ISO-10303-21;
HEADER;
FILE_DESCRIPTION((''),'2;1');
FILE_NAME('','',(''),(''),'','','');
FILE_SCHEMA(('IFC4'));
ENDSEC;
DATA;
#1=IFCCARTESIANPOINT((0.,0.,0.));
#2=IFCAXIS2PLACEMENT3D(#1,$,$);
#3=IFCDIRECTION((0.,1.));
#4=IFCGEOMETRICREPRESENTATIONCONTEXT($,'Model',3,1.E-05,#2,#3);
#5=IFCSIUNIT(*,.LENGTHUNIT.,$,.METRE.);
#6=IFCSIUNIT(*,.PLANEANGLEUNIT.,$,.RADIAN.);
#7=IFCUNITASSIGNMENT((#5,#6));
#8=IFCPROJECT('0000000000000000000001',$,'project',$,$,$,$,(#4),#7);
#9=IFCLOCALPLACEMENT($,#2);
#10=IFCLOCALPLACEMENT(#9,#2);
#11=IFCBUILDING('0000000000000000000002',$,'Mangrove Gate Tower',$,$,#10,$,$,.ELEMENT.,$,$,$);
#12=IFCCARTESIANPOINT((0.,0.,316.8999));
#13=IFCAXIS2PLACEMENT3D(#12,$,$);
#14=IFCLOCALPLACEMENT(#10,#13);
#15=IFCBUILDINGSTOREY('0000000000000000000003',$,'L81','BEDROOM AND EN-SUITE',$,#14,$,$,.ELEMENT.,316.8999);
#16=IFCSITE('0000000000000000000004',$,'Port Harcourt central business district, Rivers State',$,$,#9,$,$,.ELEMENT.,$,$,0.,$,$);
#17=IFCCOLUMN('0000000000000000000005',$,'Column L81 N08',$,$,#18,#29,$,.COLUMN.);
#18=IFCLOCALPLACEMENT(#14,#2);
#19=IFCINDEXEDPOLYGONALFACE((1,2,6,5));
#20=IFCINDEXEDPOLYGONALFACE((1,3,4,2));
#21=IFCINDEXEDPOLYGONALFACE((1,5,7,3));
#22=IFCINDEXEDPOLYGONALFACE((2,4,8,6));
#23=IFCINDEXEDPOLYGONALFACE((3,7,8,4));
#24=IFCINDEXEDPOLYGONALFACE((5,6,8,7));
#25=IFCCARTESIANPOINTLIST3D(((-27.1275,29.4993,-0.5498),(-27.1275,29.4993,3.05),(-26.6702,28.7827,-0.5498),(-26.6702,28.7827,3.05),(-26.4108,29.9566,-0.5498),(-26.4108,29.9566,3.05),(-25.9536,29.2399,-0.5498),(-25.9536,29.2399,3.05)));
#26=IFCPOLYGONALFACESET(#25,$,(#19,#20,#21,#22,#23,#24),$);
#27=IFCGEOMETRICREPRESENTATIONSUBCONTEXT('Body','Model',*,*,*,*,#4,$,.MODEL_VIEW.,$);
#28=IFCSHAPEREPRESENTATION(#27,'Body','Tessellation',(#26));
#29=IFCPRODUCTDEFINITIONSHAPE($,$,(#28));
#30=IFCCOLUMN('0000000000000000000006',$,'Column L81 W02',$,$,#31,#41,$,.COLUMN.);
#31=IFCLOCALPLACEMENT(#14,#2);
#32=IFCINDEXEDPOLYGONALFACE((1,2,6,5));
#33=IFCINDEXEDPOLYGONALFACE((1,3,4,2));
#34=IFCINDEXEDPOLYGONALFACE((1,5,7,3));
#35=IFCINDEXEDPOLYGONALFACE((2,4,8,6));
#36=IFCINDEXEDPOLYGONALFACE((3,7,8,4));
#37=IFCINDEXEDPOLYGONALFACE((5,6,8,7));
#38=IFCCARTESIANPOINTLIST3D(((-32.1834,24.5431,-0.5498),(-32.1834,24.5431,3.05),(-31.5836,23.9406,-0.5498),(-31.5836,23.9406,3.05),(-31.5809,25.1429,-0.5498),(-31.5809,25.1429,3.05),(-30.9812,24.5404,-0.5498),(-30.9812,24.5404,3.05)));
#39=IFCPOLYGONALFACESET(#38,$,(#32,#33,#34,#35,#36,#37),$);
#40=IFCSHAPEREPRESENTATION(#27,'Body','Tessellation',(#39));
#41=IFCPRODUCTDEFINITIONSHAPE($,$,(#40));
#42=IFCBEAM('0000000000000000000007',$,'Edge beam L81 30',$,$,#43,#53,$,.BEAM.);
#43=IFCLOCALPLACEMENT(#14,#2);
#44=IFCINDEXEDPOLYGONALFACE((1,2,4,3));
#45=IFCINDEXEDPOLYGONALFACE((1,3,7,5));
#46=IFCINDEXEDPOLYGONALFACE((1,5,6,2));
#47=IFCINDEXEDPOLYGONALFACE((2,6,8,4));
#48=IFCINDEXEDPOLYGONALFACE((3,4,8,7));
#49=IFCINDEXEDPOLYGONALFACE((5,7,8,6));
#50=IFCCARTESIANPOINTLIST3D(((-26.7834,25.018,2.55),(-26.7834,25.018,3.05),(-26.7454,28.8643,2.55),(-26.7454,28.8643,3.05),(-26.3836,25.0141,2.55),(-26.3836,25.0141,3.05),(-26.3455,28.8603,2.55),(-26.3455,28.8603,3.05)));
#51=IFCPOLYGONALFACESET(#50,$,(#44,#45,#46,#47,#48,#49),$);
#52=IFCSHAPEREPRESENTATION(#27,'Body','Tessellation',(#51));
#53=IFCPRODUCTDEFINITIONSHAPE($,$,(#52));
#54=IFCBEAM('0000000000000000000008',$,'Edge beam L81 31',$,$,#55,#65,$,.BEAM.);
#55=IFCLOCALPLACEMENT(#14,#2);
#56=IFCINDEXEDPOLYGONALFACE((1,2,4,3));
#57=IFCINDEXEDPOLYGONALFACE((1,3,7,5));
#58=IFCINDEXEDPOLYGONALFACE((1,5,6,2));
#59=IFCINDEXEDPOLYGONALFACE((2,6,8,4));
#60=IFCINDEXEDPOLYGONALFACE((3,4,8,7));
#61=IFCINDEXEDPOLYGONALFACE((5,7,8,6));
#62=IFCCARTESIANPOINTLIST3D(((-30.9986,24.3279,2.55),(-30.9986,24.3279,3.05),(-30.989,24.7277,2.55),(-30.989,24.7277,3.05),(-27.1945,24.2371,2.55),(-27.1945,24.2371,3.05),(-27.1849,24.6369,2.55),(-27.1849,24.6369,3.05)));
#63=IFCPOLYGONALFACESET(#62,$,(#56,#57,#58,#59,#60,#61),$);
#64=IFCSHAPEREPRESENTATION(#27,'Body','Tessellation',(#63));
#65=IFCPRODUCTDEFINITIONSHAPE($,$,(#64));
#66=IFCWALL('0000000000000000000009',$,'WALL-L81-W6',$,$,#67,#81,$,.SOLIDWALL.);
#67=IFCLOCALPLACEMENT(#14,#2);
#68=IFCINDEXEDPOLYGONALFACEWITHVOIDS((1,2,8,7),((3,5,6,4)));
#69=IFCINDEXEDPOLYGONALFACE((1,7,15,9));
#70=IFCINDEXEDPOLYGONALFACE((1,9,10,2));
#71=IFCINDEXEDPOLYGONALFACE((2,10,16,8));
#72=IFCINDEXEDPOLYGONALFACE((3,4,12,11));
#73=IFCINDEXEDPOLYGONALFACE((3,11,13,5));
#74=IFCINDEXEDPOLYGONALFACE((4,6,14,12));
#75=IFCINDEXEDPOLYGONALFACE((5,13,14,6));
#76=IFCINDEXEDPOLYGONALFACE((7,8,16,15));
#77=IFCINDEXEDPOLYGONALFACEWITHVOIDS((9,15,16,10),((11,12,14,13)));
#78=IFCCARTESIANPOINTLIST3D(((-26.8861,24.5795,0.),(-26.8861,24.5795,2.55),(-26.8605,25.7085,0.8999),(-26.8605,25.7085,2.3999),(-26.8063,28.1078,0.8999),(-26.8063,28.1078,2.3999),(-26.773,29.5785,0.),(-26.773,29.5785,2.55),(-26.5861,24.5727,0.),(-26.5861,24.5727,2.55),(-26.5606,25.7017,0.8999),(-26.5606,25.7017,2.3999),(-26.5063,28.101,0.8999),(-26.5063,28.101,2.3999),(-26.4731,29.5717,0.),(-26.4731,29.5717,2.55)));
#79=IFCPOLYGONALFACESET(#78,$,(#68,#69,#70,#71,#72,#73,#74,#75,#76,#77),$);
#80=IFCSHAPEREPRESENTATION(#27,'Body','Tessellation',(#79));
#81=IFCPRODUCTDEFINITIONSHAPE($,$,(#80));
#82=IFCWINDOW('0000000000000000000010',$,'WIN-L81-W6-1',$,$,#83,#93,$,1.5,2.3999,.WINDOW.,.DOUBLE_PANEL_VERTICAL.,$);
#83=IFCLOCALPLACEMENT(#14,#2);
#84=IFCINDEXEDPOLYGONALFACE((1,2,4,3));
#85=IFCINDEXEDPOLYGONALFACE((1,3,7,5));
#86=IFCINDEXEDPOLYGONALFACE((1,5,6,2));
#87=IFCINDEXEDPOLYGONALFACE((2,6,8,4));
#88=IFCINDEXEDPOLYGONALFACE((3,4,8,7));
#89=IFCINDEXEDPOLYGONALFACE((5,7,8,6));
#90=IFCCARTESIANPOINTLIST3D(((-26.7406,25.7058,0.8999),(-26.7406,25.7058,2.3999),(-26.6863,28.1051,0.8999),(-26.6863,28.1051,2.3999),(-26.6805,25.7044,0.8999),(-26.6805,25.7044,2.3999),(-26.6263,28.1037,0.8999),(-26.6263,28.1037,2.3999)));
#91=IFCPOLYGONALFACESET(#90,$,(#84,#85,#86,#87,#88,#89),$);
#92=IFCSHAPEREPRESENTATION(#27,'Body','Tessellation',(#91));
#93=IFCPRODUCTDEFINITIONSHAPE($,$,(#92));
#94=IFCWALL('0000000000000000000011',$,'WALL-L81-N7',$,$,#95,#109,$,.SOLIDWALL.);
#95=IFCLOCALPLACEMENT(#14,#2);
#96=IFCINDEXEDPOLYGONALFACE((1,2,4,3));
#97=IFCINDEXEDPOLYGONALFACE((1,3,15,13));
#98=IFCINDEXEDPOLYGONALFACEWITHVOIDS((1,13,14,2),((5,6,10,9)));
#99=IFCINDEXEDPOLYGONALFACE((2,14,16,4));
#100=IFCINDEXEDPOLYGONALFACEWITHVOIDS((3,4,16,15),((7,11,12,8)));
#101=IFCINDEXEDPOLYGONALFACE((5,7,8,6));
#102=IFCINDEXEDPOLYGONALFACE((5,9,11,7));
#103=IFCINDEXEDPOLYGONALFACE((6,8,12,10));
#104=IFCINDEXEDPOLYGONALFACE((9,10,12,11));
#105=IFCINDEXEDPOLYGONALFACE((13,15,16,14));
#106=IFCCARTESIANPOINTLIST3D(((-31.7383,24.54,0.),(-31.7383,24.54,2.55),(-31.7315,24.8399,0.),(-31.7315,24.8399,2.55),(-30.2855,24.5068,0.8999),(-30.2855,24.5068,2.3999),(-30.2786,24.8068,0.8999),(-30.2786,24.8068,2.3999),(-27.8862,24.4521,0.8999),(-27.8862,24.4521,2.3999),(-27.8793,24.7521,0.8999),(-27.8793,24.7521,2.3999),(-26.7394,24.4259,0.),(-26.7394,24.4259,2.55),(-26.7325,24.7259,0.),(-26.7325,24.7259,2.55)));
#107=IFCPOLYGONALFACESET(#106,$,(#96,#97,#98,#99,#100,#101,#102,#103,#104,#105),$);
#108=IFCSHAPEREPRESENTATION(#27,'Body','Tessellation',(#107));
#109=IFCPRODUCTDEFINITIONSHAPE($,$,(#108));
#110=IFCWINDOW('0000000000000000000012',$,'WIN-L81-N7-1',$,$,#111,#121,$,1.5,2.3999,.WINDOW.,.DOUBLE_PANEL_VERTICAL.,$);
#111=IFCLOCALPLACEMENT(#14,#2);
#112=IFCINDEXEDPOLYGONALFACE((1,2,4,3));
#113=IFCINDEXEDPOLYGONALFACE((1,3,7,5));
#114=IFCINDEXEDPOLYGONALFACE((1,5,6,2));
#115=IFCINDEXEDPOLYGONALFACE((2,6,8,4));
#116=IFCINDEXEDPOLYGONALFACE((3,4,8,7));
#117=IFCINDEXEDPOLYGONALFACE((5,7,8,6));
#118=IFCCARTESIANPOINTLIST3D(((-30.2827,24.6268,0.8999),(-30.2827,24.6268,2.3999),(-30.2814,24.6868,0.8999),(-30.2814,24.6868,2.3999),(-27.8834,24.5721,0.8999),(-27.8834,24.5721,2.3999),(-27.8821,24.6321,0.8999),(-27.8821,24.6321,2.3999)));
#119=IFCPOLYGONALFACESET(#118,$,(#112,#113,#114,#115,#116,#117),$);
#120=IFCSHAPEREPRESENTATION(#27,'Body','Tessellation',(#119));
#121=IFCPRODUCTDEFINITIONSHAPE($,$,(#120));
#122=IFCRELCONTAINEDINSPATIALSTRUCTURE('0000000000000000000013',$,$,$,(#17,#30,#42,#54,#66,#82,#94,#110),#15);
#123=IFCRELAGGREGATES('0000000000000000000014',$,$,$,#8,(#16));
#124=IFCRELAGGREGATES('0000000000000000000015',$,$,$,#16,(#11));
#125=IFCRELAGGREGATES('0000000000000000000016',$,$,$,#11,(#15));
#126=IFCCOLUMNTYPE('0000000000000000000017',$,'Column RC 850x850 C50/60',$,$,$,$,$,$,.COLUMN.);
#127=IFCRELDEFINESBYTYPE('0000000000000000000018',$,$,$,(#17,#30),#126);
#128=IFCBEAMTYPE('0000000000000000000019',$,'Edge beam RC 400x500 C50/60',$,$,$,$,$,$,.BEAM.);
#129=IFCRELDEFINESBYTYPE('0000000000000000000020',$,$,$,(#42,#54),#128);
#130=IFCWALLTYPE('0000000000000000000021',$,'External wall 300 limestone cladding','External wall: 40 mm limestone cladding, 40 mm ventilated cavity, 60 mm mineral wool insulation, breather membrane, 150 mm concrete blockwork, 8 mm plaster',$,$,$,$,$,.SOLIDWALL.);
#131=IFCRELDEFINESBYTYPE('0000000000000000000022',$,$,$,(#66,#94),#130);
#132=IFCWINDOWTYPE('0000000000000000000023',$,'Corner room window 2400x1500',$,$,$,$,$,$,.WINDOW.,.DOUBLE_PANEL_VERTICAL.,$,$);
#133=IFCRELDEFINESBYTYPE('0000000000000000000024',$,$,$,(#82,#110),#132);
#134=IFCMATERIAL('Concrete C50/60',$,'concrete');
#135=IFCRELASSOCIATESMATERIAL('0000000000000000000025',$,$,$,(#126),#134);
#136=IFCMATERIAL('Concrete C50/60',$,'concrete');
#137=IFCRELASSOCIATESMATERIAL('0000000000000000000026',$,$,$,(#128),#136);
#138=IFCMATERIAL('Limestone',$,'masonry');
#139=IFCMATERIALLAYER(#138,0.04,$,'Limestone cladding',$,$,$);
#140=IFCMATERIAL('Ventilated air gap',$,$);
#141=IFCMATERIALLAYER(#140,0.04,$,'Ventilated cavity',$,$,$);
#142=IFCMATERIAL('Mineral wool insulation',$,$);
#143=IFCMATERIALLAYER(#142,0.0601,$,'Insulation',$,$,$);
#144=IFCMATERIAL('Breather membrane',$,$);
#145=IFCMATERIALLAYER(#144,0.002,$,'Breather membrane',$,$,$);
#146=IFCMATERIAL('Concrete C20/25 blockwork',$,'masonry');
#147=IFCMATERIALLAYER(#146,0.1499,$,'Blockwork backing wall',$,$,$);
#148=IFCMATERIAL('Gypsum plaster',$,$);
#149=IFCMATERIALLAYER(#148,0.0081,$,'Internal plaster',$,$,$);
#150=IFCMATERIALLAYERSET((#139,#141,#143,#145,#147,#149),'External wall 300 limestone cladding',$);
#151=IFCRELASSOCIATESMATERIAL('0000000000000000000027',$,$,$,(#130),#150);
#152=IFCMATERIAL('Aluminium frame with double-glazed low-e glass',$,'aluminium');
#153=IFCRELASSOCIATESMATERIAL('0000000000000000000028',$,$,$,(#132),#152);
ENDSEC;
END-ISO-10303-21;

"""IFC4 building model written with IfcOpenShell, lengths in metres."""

from ifc_helpers import new_model, si_unit, direction, frame, frame_2d, origin, origin_2d, place, context, subcontext, project, spatial, rectangle, extrude, material, layer, layer_set, material_profile, profile_set, type_object, element, fill, save


model = new_model("IFC4")

# Units and contexts
model_context = context("Model", 3, precision=1e-05, world=origin(), true_north=direction((0.0, 1.0)))
body_context = subcontext(model_context, "Body", "Model", "MODEL_VIEW")
ifc_project = project(units=[si_unit("LENGTHUNIT", "METRE"), si_unit("PLANEANGLEUNIT", "RADIAN")], contexts=[model_context])

# Site, building, storey
site_placement = place(None, origin())
site = spatial("IfcSite", under=ifc_project, at=site_placement, Name="Port Harcourt central business district, Rivers State", CompositionType="ELEMENT", RefElevation=0.0)
building_placement = place(site_placement, origin())
building = spatial("IfcBuilding", under=site, at=building_placement, Name="Mangrove Gate Tower", CompositionType="ELEMENT")
storey_placement = place(building_placement, frame((0.0, 0.0, 316.8999)))
storey = spatial("IfcBuildingStorey", under=building, at=storey_placement, Name="L81", Description="BEDROOM AND EN-SUITE", CompositionType="ELEMENT", Elevation=316.8999)

# Columns
ifc_material_1 = material(Name="Concrete C50/60", Category="concrete")
ifc_material_profile_1 = material_profile(ifc_material_1, rectangle(XDim=0.8501, YDim=0.8501, at=origin_2d()))
ifc_profile_set_1 = profile_set([ifc_material_profile_1], Name="Concrete C50/60")
column_type = type_object("IfcColumnType", Name="Column RC 850x850 C50/60", PredefinedType="COLUMN", material=ifc_profile_set_1)
for number, where, z_axis, x_axis, name in (
    (1, (-26.5405, 29.3696, -0.5498), (0.0, 0.0, 1.0), (-0.843037, -0.537855, 0.0), "Column L81 N08"),
    (2, (-31.5823, 24.5417, -0.5498), (0.0, 0.0, 1.0), (-0.708698, -0.705512, 0.0), "Column L81 W02"),
):
    element("IfcColumn", number, at=place(storey_placement, frame(where, z_axis=z_axis, x_axis=x_axis)), inside=storey, type_object=column_type, Name=name, PredefinedType="COLUMN", context=body_context, shape_type="SweptSolid", body=[
        extrude(rectangle(XDim=0.8501, YDim=0.8501, at=origin_2d()), origin(), (0.0, 0.0, 1.0), 3.5999),
    ])

# Beams
ifc_material_2 = material(Name="Concrete C50/60", Category="concrete")
ifc_material_profile_2 = material_profile(ifc_material_2, rectangle(XDim=0.3999, YDim=0.5, at=origin_2d()))
ifc_profile_set_2 = profile_set([ifc_material_profile_2], Name="Concrete C50/60")
beam_type = type_object("IfcBeamType", Name="Edge beam RC 400x500 C50/60", PredefinedType="BEAM", material=ifc_profile_set_2)
beam_1_placement = place(storey_placement, frame((-26.5454, 28.8623, 2.8), z_axis=(-0.009902, -0.999951, 0.0), x_axis=(0.999951, -0.009902, 0.0)))
element("IfcBeam", 3, at=beam_1_placement, inside=storey, type_object=beam_type, Name="Edge beam L81 30", PredefinedType="BEAM", context=body_context, shape_type="SweptSolid", body=[
    extrude(rectangle(XDim=0.3999, YDim=0.5, at=origin_2d()), origin(), (0.0, 0.0, 1.0), 3.8464),
])
beam_2_placement = place(storey_placement, frame((-27.1897, 24.437, 2.8), z_axis=(-0.999715, 0.023867, 0.0), x_axis=(-0.023867, -0.999715, 0.0)))
element("IfcBeam", 4, at=beam_2_placement, inside=storey, type_object=beam_type, Name="Edge beam L81 31", PredefinedType="BEAM", context=body_context, shape_type="SweptSolid", body=[
    extrude(rectangle(XDim=0.3999, YDim=0.5, at=origin_2d()), origin(), (0.0, 0.0, 1.0), 3.8052),
])

# Walls, openings, windows
ifc_material_3 = material(Name="Limestone", Category="masonry")
ifc_layer_1 = layer(ifc_material_3, 0.04, Name="Limestone cladding")
ifc_material_4 = material(Name="Ventilated air gap")
ifc_layer_2 = layer(ifc_material_4, 0.04, Name="Ventilated cavity")
ifc_material_5 = material(Name="Mineral wool insulation")
ifc_layer_3 = layer(ifc_material_5, 0.0601, Name="Insulation")
ifc_material_6 = material(Name="Breather membrane")
ifc_layer_4 = layer(ifc_material_6, 0.002, Name="Breather membrane")
ifc_material_7 = material(Name="Concrete C20/25 blockwork", Category="masonry")
ifc_layer_5 = layer(ifc_material_7, 0.1499, Name="Blockwork backing wall")
ifc_material_8 = material(Name="Gypsum plaster")
ifc_layer_6 = layer(ifc_material_8, 0.0081, Name="Internal plaster")
ifc_layer_set = layer_set([ifc_layer_1, ifc_layer_2, ifc_layer_3, ifc_layer_4, ifc_layer_5, ifc_layer_6], Name="External wall 300 limestone cladding")
wall_type = type_object("IfcWallType", Name="External wall 300 limestone cladding", Description="External wall: 40 mm limestone cladding, 40 mm ventilated cavity, 60 mm mineral wool insulation, breather membrane, 150 mm concrete blockwork, 8 mm plaster", PredefinedType="SOLIDWALL", material=ifc_layer_set)
wall_1_placement = place(storey_placement, frame((-26.623, 29.575, 0.0), z_axis=(0.0, 0.0, 1.0), x_axis=(-0.022606, -0.999744, 0.0)))
wall_1 = element("IfcWall", 5, at=wall_1_placement, inside=storey, type_object=wall_type, Name="WALL-L81-W6", PredefinedType="SOLIDWALL", context=body_context, shape_type="SweptSolid", body=[
    extrude(rectangle(XDim=5.0002, YDim=0.3, at=frame_2d((2.5, 0.0))), origin(), (0.0, 0.0, 1.0), 2.55),
])
opening_1_placement = place(wall_1_placement, frame((1.4709, 0.0, 0.8999)))
opening_1 = element("IfcOpeningElement", 6, at=opening_1_placement, cuts=wall_1, PredefinedType="OPENING", context=body_context, shape_type="SweptSolid", body=[
    extrude(rectangle(XDim=2.3999, YDim=1.5, at=frame_2d((1.2, 0.75))), frame((0.0, 0.1599, 0.0), z_axis=(0.0, -1.0, 0.0), x_axis=(1.0, 0.0, 0.0)), (0.0, 0.0, 1.0), 0.3201),
])
ifc_material_9 = material(Name="Aluminium frame with double-glazed low-e glass", Category="aluminium")
window_type = type_object("IfcWindowType", Name="Corner room window 2400x1500", PartitioningType="DOUBLE_PANEL_VERTICAL", PredefinedType="WINDOW", material=ifc_material_9)
window_1_placement = place(opening_1_placement, origin())
window_1 = element("IfcWindow", 7, at=window_1_placement, inside=storey, type_object=window_type, Name="WIN-L81-W6-1", OverallHeight=1.5, OverallWidth=2.3999, PartitioningType="DOUBLE_PANEL_VERTICAL", PredefinedType="WINDOW", context=body_context, shape_type="SweptSolid", body=[
    extrude(rectangle(XDim=2.3999, YDim=1.5, at=frame_2d((1.2, 0.75))), frame((0.0, 0.03, 0.0), z_axis=(0.0, -1.0, 0.0), x_axis=(1.0, 0.0, 0.0)), (0.0, 0.0, 1.0), 0.0601),
])
fill(opening_1, window_1)
wall_2_placement = place(storey_placement, frame((-26.7361, 24.5759, 0.0), z_axis=(0.0, 0.0, 1.0), x_axis=(-0.99974, 0.022801, 0.0)))
wall_2 = element("IfcWall", 8, at=wall_2_placement, inside=storey, type_object=wall_type, Name="WALL-L81-N7", PredefinedType="SOLIDWALL", context=body_context, shape_type="SweptSolid", body=[
    extrude(rectangle(XDim=5.0002, YDim=0.3, at=frame_2d((2.5, 0.0))), origin(), (0.0, 0.0, 1.0), 2.55),
])
opening_2_placement = place(wall_2_placement, frame((1.147, 0.0, 0.8999)))
opening_2 = element("IfcOpeningElement", 9, at=opening_2_placement, cuts=wall_2, PredefinedType="OPENING", context=body_context, shape_type="SweptSolid", body=[
    extrude(rectangle(XDim=2.3999, YDim=1.5, at=frame_2d((1.2, 0.75))), frame((0.0, 0.1599, 0.0), z_axis=(0.0, -1.0, 0.0), x_axis=(1.0, 0.0, 0.0)), (0.0, 0.0, 1.0), 0.3201),
])
window_2_placement = place(opening_2_placement, origin())
window_2 = element("IfcWindow", 10, at=window_2_placement, inside=storey, type_object=window_type, Name="WIN-L81-N7-1", OverallHeight=1.5, OverallWidth=2.3999, PartitioningType="DOUBLE_PANEL_VERTICAL", PredefinedType="WINDOW", context=body_context, shape_type="SweptSolid", body=[
    extrude(rectangle(XDim=2.3999, YDim=1.5, at=frame_2d((1.2, 0.75))), frame((0.0, 0.03, 0.0), z_axis=(0.0, -1.0, 0.0), x_axis=(1.0, 0.0, 0.0)), (0.0, 0.0, 1.0), 0.0601),
])
fill(opening_2, window_2)

save(model, "model.ifc")
